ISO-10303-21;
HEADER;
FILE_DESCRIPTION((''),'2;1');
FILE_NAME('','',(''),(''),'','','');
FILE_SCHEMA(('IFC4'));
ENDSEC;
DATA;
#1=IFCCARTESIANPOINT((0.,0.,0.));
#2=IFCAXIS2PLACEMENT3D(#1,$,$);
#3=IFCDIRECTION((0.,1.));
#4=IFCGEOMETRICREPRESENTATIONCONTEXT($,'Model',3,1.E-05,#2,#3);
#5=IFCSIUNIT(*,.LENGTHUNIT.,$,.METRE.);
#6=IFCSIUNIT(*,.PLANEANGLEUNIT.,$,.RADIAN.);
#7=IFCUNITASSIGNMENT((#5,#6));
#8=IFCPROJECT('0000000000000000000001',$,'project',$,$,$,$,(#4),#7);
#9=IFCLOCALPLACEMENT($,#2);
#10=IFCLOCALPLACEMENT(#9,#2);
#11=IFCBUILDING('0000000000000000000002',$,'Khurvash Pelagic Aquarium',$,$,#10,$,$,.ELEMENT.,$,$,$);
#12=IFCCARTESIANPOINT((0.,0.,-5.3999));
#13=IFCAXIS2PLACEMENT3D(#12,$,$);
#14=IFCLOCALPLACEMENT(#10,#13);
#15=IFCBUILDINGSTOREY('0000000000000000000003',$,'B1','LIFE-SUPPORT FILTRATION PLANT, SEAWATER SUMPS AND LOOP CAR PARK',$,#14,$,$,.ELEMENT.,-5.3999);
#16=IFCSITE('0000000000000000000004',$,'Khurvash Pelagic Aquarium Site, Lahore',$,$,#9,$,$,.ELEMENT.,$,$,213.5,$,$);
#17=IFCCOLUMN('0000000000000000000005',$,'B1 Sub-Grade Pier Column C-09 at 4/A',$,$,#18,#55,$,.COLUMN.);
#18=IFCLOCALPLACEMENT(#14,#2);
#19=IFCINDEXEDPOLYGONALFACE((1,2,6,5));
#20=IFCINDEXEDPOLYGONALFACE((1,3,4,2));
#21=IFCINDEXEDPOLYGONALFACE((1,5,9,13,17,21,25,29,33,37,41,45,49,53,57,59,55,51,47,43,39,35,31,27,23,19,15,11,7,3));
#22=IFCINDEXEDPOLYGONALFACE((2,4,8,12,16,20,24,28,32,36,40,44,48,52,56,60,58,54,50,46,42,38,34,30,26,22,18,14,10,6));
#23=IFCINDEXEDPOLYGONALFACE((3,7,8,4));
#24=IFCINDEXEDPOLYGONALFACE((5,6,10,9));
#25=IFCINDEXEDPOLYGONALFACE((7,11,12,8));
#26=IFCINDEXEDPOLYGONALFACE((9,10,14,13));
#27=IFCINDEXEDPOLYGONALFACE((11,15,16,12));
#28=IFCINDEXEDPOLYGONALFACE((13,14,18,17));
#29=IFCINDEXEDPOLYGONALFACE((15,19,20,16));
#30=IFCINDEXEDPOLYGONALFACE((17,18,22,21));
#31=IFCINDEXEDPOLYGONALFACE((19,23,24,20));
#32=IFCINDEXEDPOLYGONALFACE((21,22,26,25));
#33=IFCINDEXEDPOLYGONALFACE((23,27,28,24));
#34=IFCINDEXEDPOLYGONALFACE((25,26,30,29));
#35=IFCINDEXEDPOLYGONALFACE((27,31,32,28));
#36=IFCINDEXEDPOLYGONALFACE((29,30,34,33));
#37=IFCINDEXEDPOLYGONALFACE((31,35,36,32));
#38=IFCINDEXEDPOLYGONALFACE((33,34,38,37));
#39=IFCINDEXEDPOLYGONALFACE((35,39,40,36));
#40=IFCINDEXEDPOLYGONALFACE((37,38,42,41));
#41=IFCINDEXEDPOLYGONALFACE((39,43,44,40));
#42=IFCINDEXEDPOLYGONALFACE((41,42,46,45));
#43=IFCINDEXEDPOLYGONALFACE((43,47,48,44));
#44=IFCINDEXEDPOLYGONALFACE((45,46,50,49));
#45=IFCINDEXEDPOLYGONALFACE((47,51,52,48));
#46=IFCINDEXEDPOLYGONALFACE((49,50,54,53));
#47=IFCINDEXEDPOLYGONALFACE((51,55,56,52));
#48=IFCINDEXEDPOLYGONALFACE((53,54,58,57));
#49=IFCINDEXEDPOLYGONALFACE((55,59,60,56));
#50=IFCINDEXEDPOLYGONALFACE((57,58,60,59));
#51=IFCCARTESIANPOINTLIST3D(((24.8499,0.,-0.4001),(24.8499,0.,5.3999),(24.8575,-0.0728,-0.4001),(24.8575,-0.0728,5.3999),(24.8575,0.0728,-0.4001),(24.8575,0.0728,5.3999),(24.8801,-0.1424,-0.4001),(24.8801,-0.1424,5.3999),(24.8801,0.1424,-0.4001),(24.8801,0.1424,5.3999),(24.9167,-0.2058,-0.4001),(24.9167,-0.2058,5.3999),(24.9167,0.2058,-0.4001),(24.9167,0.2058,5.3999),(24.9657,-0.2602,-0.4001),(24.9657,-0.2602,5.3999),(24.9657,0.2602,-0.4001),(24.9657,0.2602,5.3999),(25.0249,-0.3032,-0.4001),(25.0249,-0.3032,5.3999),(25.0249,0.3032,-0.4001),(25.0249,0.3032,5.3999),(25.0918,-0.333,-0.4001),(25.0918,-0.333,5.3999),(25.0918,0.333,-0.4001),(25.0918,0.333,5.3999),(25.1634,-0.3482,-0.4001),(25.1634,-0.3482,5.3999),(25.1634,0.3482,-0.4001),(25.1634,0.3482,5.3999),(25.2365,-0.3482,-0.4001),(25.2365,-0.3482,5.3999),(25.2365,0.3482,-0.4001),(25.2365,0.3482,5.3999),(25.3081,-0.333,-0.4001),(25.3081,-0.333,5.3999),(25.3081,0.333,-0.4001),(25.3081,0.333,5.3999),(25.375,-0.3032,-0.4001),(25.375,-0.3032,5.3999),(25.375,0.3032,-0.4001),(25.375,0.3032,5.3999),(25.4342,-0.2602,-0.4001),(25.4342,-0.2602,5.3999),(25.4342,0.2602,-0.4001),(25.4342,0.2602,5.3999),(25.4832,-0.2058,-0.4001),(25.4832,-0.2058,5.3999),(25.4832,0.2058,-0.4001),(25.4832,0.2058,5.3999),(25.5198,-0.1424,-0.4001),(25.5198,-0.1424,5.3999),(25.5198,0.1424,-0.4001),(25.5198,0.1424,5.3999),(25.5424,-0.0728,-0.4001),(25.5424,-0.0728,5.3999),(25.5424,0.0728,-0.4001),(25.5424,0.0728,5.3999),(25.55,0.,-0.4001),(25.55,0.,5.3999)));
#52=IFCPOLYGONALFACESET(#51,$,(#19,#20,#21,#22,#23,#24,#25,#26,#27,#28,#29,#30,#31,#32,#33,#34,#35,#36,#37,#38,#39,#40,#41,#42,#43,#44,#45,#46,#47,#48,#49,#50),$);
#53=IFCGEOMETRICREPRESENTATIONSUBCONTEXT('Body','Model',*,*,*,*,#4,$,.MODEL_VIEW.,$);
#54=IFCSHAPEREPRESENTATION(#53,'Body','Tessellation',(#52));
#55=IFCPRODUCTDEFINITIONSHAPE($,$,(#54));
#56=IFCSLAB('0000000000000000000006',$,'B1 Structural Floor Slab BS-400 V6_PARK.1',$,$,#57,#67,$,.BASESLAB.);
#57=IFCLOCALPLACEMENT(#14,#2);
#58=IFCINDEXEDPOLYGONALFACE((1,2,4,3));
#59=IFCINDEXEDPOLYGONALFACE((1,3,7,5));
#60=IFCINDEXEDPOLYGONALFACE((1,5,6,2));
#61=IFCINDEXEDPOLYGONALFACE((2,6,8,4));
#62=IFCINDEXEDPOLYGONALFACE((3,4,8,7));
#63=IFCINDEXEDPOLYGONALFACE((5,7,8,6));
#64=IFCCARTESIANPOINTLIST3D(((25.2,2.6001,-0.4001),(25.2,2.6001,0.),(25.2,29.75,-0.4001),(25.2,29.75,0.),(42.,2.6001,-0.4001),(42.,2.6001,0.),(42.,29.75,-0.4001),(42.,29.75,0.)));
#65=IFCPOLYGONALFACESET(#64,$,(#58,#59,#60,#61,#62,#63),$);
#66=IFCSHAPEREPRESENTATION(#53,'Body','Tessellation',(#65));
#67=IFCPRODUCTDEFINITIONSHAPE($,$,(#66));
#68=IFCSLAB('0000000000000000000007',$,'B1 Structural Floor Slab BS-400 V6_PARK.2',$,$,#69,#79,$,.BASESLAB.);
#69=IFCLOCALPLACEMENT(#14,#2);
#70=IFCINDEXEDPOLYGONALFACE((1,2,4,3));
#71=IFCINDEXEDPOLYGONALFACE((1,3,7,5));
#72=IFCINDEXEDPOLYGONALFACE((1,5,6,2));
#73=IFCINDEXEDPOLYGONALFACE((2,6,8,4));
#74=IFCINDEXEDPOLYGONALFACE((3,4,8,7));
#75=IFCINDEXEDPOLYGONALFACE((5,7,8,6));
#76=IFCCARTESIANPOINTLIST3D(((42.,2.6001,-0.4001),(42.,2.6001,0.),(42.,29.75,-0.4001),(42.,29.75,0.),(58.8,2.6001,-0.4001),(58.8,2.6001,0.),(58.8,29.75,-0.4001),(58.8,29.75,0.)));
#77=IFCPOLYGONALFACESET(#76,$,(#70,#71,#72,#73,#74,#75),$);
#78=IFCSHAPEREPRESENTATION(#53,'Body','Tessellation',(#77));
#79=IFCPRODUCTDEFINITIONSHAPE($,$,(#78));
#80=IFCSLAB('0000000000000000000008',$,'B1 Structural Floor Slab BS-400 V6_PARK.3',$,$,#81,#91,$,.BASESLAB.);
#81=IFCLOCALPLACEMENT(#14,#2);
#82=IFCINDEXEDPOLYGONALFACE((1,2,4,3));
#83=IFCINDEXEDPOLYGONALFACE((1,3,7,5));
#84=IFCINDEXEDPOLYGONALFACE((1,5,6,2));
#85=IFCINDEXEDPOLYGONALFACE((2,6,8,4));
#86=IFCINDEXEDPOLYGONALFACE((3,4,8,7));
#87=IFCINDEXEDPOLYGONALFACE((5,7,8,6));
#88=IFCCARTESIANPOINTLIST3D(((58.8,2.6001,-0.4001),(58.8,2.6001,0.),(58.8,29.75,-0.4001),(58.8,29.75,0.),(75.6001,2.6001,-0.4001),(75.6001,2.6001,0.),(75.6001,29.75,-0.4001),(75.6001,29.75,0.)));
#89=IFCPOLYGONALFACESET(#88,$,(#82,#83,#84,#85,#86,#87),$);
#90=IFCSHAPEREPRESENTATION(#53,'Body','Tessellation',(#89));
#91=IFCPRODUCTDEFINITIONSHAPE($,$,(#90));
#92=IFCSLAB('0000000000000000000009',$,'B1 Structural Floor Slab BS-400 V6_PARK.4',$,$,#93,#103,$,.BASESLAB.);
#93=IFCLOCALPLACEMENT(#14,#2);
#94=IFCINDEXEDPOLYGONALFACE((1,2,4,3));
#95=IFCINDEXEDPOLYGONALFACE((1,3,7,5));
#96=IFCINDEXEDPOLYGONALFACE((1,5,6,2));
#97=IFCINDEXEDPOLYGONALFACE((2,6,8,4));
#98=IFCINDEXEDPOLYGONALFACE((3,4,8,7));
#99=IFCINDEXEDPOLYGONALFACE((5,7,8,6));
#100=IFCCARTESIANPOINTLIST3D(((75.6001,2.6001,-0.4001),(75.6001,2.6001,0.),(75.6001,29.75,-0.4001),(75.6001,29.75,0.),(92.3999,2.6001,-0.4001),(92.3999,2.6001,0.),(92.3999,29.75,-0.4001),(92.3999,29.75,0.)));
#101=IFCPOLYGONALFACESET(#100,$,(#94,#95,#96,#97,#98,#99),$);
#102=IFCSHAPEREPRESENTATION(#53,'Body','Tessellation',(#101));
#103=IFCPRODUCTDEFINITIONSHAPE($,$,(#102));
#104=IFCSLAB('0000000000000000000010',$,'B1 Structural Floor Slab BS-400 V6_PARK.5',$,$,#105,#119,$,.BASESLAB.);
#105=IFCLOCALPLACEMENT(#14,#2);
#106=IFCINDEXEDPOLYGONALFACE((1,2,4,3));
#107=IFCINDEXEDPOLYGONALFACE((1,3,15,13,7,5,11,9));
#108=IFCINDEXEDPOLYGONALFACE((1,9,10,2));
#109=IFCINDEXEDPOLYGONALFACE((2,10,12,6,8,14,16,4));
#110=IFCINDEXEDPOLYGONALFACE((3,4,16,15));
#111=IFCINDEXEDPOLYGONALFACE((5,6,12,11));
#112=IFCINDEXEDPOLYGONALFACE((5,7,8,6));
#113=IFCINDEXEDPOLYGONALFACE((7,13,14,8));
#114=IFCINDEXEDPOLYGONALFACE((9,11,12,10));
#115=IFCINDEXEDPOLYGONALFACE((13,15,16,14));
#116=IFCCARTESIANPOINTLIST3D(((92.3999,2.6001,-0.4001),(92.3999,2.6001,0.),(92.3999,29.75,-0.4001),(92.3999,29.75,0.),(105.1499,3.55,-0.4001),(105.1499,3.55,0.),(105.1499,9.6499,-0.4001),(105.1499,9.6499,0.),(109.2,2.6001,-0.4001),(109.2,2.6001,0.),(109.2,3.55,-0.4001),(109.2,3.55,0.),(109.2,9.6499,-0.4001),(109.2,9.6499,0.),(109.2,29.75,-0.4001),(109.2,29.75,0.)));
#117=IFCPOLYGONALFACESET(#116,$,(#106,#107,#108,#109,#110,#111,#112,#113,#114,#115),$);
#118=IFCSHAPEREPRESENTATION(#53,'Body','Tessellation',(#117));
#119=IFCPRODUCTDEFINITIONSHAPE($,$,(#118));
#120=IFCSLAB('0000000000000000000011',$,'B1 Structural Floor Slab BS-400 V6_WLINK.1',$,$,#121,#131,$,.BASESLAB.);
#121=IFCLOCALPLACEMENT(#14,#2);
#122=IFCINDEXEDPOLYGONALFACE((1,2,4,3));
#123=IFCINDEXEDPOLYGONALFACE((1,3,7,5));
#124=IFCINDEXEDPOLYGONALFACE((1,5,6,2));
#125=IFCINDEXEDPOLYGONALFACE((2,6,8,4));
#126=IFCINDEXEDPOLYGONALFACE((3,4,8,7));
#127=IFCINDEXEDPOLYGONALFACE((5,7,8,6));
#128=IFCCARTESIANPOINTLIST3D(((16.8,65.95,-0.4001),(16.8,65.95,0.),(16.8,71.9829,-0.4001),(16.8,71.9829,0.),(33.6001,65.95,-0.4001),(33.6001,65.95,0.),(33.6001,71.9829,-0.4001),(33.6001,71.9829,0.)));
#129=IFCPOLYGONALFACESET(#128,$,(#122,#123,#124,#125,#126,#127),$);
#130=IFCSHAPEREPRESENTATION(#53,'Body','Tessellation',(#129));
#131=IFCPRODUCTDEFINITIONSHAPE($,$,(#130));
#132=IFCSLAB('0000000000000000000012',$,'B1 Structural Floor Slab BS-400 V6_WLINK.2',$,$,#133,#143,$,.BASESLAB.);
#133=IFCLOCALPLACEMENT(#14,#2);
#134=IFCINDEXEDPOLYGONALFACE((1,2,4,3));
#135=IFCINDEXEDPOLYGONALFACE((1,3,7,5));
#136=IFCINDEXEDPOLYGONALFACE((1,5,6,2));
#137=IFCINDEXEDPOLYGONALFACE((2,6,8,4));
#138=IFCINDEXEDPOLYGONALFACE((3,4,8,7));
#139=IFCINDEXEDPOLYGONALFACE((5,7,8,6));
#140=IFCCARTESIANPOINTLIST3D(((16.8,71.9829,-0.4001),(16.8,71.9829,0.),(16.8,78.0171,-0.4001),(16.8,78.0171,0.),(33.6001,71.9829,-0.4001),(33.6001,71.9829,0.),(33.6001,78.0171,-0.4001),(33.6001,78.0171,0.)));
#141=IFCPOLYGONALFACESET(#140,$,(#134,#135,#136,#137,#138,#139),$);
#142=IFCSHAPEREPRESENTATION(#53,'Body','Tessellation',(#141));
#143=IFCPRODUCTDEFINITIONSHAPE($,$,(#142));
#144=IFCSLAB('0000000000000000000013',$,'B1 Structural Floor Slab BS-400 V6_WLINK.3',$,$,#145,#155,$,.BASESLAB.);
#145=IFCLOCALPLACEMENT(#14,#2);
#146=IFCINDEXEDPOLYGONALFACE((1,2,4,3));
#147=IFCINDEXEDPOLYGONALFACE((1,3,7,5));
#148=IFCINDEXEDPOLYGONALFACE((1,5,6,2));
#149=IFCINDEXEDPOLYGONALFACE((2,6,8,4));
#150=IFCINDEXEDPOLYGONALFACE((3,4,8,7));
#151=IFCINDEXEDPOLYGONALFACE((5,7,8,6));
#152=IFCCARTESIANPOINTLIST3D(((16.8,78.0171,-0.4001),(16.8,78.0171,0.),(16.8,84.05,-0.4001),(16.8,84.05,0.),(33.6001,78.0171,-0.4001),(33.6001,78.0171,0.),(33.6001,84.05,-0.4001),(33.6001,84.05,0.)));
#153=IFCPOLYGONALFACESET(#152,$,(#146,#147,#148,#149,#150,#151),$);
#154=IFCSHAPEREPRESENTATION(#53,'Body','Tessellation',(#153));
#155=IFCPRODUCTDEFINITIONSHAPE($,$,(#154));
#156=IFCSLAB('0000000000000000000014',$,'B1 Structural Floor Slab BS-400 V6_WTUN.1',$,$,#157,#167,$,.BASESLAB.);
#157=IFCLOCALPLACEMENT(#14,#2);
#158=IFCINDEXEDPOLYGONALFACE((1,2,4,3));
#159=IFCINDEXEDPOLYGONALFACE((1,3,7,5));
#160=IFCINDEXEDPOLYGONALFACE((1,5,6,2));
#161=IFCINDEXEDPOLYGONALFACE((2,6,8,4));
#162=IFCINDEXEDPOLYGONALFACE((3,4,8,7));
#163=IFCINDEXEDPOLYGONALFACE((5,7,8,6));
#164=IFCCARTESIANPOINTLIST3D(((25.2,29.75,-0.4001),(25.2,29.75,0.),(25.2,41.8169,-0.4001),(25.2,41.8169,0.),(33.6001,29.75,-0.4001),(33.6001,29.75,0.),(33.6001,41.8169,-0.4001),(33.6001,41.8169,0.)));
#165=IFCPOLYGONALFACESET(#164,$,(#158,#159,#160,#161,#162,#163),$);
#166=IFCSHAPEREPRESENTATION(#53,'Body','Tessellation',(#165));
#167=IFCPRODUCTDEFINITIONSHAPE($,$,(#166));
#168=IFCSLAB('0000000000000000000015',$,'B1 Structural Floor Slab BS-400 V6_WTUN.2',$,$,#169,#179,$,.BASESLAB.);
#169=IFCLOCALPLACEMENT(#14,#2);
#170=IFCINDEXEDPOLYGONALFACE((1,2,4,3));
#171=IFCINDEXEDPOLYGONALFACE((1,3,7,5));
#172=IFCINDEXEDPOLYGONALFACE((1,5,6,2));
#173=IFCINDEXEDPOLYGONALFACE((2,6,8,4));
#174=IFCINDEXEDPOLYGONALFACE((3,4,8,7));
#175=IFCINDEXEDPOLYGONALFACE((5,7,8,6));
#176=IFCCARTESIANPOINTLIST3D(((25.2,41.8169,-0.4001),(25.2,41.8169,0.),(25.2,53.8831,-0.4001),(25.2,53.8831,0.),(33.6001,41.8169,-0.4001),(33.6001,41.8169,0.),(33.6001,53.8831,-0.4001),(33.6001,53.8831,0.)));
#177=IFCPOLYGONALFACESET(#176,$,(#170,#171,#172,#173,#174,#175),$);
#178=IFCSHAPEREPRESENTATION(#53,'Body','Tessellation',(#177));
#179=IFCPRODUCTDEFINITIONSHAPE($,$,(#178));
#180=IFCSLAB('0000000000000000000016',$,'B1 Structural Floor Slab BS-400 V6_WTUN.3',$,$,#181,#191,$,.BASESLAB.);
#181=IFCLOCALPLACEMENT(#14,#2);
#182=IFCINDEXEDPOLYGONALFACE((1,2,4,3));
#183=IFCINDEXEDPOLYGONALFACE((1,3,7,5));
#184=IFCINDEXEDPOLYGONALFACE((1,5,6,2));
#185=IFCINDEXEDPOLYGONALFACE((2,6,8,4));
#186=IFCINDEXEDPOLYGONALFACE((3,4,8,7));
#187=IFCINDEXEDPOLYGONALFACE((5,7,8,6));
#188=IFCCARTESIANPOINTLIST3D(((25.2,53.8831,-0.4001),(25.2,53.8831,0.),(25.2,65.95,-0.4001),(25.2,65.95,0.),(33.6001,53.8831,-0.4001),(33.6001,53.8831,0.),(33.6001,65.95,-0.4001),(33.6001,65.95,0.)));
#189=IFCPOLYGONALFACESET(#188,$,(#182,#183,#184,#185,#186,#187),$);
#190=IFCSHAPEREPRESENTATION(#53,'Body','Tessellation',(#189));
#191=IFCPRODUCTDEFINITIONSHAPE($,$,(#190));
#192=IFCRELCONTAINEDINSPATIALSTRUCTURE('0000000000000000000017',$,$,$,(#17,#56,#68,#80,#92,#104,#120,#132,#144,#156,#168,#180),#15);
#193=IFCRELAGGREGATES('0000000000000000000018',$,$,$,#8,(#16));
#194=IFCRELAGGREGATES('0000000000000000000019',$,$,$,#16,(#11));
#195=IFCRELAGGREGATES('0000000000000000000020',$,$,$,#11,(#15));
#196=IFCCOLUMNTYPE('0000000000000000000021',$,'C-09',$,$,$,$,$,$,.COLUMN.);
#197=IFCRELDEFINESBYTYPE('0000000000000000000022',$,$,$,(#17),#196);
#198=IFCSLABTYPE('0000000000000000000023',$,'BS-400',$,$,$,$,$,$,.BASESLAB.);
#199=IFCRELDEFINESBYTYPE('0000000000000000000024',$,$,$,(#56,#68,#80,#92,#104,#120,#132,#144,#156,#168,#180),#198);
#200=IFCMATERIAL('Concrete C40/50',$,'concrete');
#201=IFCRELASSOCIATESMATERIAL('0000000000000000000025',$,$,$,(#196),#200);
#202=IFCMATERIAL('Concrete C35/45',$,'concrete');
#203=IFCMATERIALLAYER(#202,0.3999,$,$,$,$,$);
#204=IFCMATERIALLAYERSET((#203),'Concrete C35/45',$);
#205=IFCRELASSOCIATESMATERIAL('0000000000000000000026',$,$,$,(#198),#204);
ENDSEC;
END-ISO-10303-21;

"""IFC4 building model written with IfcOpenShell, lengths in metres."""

from ifc_helpers import new_model, si_unit, direction, frame, origin, origin_2d, place, context, subcontext, project, spatial, polyline, circle, outline, extrude, material, layer, layer_set, material_profile, profile_set, type_object, element, save


model = new_model("IFC4")

# Units and contexts
model_context = context("Model", 3, precision=1e-05, world=origin(), true_north=direction((0.0, 1.0)))
body_context = subcontext(model_context, "Body", "Model", "MODEL_VIEW")
ifc_project = project(units=[si_unit("LENGTHUNIT", "METRE"), si_unit("PLANEANGLEUNIT", "RADIAN")], contexts=[model_context])

# Site, building, storey
site_placement = place(None, origin())
site = spatial("IfcSite", under=ifc_project, at=site_placement, Name="Khurvash Pelagic Aquarium Site, Lahore", CompositionType="ELEMENT", RefElevation=213.5)
building_placement = place(site_placement, origin())
building = spatial("IfcBuilding", under=site, at=building_placement, Name="Khurvash Pelagic Aquarium", CompositionType="ELEMENT")
storey_placement = place(building_placement, frame((0.0, 0.0, -5.3999)))
storey = spatial("IfcBuildingStorey", under=building, at=storey_placement, Name="B1", Description="LIFE-SUPPORT FILTRATION PLANT, SEAWATER SUMPS AND LOOP CAR PARK", CompositionType="ELEMENT", Elevation=-5.3999)

# Shared definitions
ifc_material_1 = material(Name="Concrete C35/45", Category="concrete")

# Column
ifc_material_2 = material(Name="Concrete C40/50", Category="concrete")
ifc_material_profile_1 = material_profile(ifc_material_2, circle(Radius=0.3501, at=origin_2d()), Name="RC700D")
ifc_profile_set_1 = profile_set([ifc_material_profile_1], Name="Concrete C40/50")
column_type_1 = type_object("IfcColumnType", Name="C-09", PredefinedType="COLUMN", material=ifc_profile_set_1)
column_1_placement = place(storey_placement, frame((25.2, 0.0, -0.4001), z_axis=(0.0, 0.0, 1.0), x_axis=(1.0, 0.0, 0.0)))
element("IfcColumn", 1, at=column_1_placement, inside=storey, type_object=column_type_1, Name="B1 Sub-Grade Pier Column C-09 at 4/A", PredefinedType="COLUMN", context=body_context, shape_type="SweptSolid", body=[
    extrude(circle(Radius=0.3501, at=origin_2d()), origin(), (0.0, 0.0, 1.0), 5.8),
])

# Slabs
ifc_layer_1 = layer(ifc_material_1, 0.3999)
ifc_layer_set_1 = layer_set([ifc_layer_1], Name="Concrete C35/45")
slab_type_1 = type_object("IfcSlabType", Name="BS-400", PredefinedType="BASESLAB", material=ifc_layer_set_1)
slab_1_placement = place(storey_placement, frame((0.0, 0.0, -0.4001)))
element("IfcSlab", 2, at=slab_1_placement, inside=storey, type_object=slab_type_1, Name="B1 Structural Floor Slab BS-400 V6_PARK.1", PredefinedType="BASESLAB", context=body_context, shape_type="SweptSolid", body=[
    extrude(outline(polyline([(42.0, 2.6001), (42.0, 29.75), (25.2, 29.75), (25.2, 2.6001), (42.0, 2.6001)])), origin(), (0.0, 0.0, 1.0), 0.4001),
])
slab_2_placement = place(storey_placement, frame((0.0, 0.0, -0.4001)))
element("IfcSlab", 3, at=slab_2_placement, inside=storey, type_object=slab_type_1, Name="B1 Structural Floor Slab BS-400 V6_PARK.2", PredefinedType="BASESLAB", context=body_context, shape_type="SweptSolid", body=[
    extrude(outline(polyline([(42.0, 29.75), (42.0, 2.6001), (58.8, 2.6001), (58.8, 29.75), (42.0, 29.75)])), origin(), (0.0, 0.0, 1.0), 0.4001),
])
slab_3_placement = place(storey_placement, frame((0.0, 0.0, -0.4001)))
element("IfcSlab", 4, at=slab_3_placement, inside=storey, type_object=slab_type_1, Name="B1 Structural Floor Slab BS-400 V6_PARK.3", PredefinedType="BASESLAB", context=body_context, shape_type="SweptSolid", body=[
    extrude(outline(polyline([(58.8, 29.75), (58.8, 2.6001), (75.6001, 2.6001), (75.6001, 29.75), (58.8, 29.75)])), origin(), (0.0, 0.0, 1.0), 0.4001),
])
slab_4_placement = place(storey_placement, frame((0.0, 0.0, -0.4001)))
element("IfcSlab", 5, at=slab_4_placement, inside=storey, type_object=slab_type_1, Name="B1 Structural Floor Slab BS-400 V6_PARK.4", PredefinedType="BASESLAB", context=body_context, shape_type="SweptSolid", body=[
    extrude(outline(polyline([(75.6001, 29.75), (75.6001, 2.6001), (92.3999, 2.6001), (92.3999, 29.75), (75.6001, 29.75)])), origin(), (0.0, 0.0, 1.0), 0.4001),
])
slab_5_placement = place(storey_placement, frame((0.0, 0.0, -0.4001)))
element("IfcSlab", 6, at=slab_5_placement, inside=storey, type_object=slab_type_1, Name="B1 Structural Floor Slab BS-400 V6_PARK.5", PredefinedType="BASESLAB", context=body_context, shape_type="SweptSolid", body=[
    extrude(outline(polyline([(109.2, 29.75), (92.3999, 29.75), (92.3999, 2.6001), (109.2, 2.6001), (109.2, 3.55), (105.1499, 3.55), (105.1499, 9.6499), (109.2, 9.6499), (109.2, 29.75)])), origin(), (0.0, 0.0, 1.0), 0.4001),
])
slab_6_placement = place(storey_placement, frame((0.0, 0.0, -0.4001)))
element("IfcSlab", 7, at=slab_6_placement, inside=storey, type_object=slab_type_1, Name="B1 Structural Floor Slab BS-400 V6_WLINK.1", PredefinedType="BASESLAB", context=body_context, shape_type="SweptSolid", body=[
    extrude(outline(polyline([(33.6001, 65.95), (33.6001, 71.9829), (16.8, 71.9829), (16.8, 65.95), (33.6001, 65.95)])), origin(), (0.0, 0.0, 1.0), 0.4001),
])
slab_7_placement = place(storey_placement, frame((0.0, 0.0, -0.4001)))
element("IfcSlab", 8, at=slab_7_placement, inside=storey, type_object=slab_type_1, Name="B1 Structural Floor Slab BS-400 V6_WLINK.2", PredefinedType="BASESLAB", context=body_context, shape_type="SweptSolid", body=[
    extrude(outline(polyline([(16.8, 71.9829), (33.6001, 71.9829), (33.6001, 78.0171), (16.8, 78.0171), (16.8, 71.9829)])), origin(), (0.0, 0.0, 1.0), 0.4001),
])
slab_8_placement = place(storey_placement, frame((0.0, 0.0, -0.4001)))
element("IfcSlab", 9, at=slab_8_placement, inside=storey, type_object=slab_type_1, Name="B1 Structural Floor Slab BS-400 V6_WLINK.3", PredefinedType="BASESLAB", context=body_context, shape_type="SweptSolid", body=[
    extrude(outline(polyline([(16.8, 78.0171), (33.6001, 78.0171), (33.6001, 84.05), (16.8, 84.05), (16.8, 78.0171)])), origin(), (0.0, 0.0, 1.0), 0.4001),
])
slab_9_placement = place(storey_placement, frame((0.0, 0.0, -0.4001)))
element("IfcSlab", 10, at=slab_9_placement, inside=storey, type_object=slab_type_1, Name="B1 Structural Floor Slab BS-400 V6_WTUN.1", PredefinedType="BASESLAB", context=body_context, shape_type="SweptSolid", body=[
    extrude(outline(polyline([(25.2, 29.75), (33.6001, 29.75), (33.6001, 41.8169), (25.2, 41.8169), (25.2, 29.75)])), origin(), (0.0, 0.0, 1.0), 0.4001),
])
slab_10_placement = place(storey_placement, frame((0.0, 0.0, -0.4001)))
element("IfcSlab", 11, at=slab_10_placement, inside=storey, type_object=slab_type_1, Name="B1 Structural Floor Slab BS-400 V6_WTUN.2", PredefinedType="BASESLAB", context=body_context, shape_type="SweptSolid", body=[
    extrude(outline(polyline([(25.2, 41.8169), (33.6001, 41.8169), (33.6001, 53.8831), (25.2, 53.8831), (25.2, 41.8169)])), origin(), (0.0, 0.0, 1.0), 0.4001),
])
slab_11_placement = place(storey_placement, frame((0.0, 0.0, -0.4001)))
element("IfcSlab", 12, at=slab_11_placement, inside=storey, type_object=slab_type_1, Name="B1 Structural Floor Slab BS-400 V6_WTUN.3", PredefinedType="BASESLAB", context=body_context, shape_type="SweptSolid", body=[
    extrude(outline(polyline([(33.6001, 65.95), (25.2, 65.95), (25.2, 53.8831), (33.6001, 53.8831), (33.6001, 65.95)])), origin(), (0.0, 0.0, 1.0), 0.4001),
])

save(model, "model.ifc")
